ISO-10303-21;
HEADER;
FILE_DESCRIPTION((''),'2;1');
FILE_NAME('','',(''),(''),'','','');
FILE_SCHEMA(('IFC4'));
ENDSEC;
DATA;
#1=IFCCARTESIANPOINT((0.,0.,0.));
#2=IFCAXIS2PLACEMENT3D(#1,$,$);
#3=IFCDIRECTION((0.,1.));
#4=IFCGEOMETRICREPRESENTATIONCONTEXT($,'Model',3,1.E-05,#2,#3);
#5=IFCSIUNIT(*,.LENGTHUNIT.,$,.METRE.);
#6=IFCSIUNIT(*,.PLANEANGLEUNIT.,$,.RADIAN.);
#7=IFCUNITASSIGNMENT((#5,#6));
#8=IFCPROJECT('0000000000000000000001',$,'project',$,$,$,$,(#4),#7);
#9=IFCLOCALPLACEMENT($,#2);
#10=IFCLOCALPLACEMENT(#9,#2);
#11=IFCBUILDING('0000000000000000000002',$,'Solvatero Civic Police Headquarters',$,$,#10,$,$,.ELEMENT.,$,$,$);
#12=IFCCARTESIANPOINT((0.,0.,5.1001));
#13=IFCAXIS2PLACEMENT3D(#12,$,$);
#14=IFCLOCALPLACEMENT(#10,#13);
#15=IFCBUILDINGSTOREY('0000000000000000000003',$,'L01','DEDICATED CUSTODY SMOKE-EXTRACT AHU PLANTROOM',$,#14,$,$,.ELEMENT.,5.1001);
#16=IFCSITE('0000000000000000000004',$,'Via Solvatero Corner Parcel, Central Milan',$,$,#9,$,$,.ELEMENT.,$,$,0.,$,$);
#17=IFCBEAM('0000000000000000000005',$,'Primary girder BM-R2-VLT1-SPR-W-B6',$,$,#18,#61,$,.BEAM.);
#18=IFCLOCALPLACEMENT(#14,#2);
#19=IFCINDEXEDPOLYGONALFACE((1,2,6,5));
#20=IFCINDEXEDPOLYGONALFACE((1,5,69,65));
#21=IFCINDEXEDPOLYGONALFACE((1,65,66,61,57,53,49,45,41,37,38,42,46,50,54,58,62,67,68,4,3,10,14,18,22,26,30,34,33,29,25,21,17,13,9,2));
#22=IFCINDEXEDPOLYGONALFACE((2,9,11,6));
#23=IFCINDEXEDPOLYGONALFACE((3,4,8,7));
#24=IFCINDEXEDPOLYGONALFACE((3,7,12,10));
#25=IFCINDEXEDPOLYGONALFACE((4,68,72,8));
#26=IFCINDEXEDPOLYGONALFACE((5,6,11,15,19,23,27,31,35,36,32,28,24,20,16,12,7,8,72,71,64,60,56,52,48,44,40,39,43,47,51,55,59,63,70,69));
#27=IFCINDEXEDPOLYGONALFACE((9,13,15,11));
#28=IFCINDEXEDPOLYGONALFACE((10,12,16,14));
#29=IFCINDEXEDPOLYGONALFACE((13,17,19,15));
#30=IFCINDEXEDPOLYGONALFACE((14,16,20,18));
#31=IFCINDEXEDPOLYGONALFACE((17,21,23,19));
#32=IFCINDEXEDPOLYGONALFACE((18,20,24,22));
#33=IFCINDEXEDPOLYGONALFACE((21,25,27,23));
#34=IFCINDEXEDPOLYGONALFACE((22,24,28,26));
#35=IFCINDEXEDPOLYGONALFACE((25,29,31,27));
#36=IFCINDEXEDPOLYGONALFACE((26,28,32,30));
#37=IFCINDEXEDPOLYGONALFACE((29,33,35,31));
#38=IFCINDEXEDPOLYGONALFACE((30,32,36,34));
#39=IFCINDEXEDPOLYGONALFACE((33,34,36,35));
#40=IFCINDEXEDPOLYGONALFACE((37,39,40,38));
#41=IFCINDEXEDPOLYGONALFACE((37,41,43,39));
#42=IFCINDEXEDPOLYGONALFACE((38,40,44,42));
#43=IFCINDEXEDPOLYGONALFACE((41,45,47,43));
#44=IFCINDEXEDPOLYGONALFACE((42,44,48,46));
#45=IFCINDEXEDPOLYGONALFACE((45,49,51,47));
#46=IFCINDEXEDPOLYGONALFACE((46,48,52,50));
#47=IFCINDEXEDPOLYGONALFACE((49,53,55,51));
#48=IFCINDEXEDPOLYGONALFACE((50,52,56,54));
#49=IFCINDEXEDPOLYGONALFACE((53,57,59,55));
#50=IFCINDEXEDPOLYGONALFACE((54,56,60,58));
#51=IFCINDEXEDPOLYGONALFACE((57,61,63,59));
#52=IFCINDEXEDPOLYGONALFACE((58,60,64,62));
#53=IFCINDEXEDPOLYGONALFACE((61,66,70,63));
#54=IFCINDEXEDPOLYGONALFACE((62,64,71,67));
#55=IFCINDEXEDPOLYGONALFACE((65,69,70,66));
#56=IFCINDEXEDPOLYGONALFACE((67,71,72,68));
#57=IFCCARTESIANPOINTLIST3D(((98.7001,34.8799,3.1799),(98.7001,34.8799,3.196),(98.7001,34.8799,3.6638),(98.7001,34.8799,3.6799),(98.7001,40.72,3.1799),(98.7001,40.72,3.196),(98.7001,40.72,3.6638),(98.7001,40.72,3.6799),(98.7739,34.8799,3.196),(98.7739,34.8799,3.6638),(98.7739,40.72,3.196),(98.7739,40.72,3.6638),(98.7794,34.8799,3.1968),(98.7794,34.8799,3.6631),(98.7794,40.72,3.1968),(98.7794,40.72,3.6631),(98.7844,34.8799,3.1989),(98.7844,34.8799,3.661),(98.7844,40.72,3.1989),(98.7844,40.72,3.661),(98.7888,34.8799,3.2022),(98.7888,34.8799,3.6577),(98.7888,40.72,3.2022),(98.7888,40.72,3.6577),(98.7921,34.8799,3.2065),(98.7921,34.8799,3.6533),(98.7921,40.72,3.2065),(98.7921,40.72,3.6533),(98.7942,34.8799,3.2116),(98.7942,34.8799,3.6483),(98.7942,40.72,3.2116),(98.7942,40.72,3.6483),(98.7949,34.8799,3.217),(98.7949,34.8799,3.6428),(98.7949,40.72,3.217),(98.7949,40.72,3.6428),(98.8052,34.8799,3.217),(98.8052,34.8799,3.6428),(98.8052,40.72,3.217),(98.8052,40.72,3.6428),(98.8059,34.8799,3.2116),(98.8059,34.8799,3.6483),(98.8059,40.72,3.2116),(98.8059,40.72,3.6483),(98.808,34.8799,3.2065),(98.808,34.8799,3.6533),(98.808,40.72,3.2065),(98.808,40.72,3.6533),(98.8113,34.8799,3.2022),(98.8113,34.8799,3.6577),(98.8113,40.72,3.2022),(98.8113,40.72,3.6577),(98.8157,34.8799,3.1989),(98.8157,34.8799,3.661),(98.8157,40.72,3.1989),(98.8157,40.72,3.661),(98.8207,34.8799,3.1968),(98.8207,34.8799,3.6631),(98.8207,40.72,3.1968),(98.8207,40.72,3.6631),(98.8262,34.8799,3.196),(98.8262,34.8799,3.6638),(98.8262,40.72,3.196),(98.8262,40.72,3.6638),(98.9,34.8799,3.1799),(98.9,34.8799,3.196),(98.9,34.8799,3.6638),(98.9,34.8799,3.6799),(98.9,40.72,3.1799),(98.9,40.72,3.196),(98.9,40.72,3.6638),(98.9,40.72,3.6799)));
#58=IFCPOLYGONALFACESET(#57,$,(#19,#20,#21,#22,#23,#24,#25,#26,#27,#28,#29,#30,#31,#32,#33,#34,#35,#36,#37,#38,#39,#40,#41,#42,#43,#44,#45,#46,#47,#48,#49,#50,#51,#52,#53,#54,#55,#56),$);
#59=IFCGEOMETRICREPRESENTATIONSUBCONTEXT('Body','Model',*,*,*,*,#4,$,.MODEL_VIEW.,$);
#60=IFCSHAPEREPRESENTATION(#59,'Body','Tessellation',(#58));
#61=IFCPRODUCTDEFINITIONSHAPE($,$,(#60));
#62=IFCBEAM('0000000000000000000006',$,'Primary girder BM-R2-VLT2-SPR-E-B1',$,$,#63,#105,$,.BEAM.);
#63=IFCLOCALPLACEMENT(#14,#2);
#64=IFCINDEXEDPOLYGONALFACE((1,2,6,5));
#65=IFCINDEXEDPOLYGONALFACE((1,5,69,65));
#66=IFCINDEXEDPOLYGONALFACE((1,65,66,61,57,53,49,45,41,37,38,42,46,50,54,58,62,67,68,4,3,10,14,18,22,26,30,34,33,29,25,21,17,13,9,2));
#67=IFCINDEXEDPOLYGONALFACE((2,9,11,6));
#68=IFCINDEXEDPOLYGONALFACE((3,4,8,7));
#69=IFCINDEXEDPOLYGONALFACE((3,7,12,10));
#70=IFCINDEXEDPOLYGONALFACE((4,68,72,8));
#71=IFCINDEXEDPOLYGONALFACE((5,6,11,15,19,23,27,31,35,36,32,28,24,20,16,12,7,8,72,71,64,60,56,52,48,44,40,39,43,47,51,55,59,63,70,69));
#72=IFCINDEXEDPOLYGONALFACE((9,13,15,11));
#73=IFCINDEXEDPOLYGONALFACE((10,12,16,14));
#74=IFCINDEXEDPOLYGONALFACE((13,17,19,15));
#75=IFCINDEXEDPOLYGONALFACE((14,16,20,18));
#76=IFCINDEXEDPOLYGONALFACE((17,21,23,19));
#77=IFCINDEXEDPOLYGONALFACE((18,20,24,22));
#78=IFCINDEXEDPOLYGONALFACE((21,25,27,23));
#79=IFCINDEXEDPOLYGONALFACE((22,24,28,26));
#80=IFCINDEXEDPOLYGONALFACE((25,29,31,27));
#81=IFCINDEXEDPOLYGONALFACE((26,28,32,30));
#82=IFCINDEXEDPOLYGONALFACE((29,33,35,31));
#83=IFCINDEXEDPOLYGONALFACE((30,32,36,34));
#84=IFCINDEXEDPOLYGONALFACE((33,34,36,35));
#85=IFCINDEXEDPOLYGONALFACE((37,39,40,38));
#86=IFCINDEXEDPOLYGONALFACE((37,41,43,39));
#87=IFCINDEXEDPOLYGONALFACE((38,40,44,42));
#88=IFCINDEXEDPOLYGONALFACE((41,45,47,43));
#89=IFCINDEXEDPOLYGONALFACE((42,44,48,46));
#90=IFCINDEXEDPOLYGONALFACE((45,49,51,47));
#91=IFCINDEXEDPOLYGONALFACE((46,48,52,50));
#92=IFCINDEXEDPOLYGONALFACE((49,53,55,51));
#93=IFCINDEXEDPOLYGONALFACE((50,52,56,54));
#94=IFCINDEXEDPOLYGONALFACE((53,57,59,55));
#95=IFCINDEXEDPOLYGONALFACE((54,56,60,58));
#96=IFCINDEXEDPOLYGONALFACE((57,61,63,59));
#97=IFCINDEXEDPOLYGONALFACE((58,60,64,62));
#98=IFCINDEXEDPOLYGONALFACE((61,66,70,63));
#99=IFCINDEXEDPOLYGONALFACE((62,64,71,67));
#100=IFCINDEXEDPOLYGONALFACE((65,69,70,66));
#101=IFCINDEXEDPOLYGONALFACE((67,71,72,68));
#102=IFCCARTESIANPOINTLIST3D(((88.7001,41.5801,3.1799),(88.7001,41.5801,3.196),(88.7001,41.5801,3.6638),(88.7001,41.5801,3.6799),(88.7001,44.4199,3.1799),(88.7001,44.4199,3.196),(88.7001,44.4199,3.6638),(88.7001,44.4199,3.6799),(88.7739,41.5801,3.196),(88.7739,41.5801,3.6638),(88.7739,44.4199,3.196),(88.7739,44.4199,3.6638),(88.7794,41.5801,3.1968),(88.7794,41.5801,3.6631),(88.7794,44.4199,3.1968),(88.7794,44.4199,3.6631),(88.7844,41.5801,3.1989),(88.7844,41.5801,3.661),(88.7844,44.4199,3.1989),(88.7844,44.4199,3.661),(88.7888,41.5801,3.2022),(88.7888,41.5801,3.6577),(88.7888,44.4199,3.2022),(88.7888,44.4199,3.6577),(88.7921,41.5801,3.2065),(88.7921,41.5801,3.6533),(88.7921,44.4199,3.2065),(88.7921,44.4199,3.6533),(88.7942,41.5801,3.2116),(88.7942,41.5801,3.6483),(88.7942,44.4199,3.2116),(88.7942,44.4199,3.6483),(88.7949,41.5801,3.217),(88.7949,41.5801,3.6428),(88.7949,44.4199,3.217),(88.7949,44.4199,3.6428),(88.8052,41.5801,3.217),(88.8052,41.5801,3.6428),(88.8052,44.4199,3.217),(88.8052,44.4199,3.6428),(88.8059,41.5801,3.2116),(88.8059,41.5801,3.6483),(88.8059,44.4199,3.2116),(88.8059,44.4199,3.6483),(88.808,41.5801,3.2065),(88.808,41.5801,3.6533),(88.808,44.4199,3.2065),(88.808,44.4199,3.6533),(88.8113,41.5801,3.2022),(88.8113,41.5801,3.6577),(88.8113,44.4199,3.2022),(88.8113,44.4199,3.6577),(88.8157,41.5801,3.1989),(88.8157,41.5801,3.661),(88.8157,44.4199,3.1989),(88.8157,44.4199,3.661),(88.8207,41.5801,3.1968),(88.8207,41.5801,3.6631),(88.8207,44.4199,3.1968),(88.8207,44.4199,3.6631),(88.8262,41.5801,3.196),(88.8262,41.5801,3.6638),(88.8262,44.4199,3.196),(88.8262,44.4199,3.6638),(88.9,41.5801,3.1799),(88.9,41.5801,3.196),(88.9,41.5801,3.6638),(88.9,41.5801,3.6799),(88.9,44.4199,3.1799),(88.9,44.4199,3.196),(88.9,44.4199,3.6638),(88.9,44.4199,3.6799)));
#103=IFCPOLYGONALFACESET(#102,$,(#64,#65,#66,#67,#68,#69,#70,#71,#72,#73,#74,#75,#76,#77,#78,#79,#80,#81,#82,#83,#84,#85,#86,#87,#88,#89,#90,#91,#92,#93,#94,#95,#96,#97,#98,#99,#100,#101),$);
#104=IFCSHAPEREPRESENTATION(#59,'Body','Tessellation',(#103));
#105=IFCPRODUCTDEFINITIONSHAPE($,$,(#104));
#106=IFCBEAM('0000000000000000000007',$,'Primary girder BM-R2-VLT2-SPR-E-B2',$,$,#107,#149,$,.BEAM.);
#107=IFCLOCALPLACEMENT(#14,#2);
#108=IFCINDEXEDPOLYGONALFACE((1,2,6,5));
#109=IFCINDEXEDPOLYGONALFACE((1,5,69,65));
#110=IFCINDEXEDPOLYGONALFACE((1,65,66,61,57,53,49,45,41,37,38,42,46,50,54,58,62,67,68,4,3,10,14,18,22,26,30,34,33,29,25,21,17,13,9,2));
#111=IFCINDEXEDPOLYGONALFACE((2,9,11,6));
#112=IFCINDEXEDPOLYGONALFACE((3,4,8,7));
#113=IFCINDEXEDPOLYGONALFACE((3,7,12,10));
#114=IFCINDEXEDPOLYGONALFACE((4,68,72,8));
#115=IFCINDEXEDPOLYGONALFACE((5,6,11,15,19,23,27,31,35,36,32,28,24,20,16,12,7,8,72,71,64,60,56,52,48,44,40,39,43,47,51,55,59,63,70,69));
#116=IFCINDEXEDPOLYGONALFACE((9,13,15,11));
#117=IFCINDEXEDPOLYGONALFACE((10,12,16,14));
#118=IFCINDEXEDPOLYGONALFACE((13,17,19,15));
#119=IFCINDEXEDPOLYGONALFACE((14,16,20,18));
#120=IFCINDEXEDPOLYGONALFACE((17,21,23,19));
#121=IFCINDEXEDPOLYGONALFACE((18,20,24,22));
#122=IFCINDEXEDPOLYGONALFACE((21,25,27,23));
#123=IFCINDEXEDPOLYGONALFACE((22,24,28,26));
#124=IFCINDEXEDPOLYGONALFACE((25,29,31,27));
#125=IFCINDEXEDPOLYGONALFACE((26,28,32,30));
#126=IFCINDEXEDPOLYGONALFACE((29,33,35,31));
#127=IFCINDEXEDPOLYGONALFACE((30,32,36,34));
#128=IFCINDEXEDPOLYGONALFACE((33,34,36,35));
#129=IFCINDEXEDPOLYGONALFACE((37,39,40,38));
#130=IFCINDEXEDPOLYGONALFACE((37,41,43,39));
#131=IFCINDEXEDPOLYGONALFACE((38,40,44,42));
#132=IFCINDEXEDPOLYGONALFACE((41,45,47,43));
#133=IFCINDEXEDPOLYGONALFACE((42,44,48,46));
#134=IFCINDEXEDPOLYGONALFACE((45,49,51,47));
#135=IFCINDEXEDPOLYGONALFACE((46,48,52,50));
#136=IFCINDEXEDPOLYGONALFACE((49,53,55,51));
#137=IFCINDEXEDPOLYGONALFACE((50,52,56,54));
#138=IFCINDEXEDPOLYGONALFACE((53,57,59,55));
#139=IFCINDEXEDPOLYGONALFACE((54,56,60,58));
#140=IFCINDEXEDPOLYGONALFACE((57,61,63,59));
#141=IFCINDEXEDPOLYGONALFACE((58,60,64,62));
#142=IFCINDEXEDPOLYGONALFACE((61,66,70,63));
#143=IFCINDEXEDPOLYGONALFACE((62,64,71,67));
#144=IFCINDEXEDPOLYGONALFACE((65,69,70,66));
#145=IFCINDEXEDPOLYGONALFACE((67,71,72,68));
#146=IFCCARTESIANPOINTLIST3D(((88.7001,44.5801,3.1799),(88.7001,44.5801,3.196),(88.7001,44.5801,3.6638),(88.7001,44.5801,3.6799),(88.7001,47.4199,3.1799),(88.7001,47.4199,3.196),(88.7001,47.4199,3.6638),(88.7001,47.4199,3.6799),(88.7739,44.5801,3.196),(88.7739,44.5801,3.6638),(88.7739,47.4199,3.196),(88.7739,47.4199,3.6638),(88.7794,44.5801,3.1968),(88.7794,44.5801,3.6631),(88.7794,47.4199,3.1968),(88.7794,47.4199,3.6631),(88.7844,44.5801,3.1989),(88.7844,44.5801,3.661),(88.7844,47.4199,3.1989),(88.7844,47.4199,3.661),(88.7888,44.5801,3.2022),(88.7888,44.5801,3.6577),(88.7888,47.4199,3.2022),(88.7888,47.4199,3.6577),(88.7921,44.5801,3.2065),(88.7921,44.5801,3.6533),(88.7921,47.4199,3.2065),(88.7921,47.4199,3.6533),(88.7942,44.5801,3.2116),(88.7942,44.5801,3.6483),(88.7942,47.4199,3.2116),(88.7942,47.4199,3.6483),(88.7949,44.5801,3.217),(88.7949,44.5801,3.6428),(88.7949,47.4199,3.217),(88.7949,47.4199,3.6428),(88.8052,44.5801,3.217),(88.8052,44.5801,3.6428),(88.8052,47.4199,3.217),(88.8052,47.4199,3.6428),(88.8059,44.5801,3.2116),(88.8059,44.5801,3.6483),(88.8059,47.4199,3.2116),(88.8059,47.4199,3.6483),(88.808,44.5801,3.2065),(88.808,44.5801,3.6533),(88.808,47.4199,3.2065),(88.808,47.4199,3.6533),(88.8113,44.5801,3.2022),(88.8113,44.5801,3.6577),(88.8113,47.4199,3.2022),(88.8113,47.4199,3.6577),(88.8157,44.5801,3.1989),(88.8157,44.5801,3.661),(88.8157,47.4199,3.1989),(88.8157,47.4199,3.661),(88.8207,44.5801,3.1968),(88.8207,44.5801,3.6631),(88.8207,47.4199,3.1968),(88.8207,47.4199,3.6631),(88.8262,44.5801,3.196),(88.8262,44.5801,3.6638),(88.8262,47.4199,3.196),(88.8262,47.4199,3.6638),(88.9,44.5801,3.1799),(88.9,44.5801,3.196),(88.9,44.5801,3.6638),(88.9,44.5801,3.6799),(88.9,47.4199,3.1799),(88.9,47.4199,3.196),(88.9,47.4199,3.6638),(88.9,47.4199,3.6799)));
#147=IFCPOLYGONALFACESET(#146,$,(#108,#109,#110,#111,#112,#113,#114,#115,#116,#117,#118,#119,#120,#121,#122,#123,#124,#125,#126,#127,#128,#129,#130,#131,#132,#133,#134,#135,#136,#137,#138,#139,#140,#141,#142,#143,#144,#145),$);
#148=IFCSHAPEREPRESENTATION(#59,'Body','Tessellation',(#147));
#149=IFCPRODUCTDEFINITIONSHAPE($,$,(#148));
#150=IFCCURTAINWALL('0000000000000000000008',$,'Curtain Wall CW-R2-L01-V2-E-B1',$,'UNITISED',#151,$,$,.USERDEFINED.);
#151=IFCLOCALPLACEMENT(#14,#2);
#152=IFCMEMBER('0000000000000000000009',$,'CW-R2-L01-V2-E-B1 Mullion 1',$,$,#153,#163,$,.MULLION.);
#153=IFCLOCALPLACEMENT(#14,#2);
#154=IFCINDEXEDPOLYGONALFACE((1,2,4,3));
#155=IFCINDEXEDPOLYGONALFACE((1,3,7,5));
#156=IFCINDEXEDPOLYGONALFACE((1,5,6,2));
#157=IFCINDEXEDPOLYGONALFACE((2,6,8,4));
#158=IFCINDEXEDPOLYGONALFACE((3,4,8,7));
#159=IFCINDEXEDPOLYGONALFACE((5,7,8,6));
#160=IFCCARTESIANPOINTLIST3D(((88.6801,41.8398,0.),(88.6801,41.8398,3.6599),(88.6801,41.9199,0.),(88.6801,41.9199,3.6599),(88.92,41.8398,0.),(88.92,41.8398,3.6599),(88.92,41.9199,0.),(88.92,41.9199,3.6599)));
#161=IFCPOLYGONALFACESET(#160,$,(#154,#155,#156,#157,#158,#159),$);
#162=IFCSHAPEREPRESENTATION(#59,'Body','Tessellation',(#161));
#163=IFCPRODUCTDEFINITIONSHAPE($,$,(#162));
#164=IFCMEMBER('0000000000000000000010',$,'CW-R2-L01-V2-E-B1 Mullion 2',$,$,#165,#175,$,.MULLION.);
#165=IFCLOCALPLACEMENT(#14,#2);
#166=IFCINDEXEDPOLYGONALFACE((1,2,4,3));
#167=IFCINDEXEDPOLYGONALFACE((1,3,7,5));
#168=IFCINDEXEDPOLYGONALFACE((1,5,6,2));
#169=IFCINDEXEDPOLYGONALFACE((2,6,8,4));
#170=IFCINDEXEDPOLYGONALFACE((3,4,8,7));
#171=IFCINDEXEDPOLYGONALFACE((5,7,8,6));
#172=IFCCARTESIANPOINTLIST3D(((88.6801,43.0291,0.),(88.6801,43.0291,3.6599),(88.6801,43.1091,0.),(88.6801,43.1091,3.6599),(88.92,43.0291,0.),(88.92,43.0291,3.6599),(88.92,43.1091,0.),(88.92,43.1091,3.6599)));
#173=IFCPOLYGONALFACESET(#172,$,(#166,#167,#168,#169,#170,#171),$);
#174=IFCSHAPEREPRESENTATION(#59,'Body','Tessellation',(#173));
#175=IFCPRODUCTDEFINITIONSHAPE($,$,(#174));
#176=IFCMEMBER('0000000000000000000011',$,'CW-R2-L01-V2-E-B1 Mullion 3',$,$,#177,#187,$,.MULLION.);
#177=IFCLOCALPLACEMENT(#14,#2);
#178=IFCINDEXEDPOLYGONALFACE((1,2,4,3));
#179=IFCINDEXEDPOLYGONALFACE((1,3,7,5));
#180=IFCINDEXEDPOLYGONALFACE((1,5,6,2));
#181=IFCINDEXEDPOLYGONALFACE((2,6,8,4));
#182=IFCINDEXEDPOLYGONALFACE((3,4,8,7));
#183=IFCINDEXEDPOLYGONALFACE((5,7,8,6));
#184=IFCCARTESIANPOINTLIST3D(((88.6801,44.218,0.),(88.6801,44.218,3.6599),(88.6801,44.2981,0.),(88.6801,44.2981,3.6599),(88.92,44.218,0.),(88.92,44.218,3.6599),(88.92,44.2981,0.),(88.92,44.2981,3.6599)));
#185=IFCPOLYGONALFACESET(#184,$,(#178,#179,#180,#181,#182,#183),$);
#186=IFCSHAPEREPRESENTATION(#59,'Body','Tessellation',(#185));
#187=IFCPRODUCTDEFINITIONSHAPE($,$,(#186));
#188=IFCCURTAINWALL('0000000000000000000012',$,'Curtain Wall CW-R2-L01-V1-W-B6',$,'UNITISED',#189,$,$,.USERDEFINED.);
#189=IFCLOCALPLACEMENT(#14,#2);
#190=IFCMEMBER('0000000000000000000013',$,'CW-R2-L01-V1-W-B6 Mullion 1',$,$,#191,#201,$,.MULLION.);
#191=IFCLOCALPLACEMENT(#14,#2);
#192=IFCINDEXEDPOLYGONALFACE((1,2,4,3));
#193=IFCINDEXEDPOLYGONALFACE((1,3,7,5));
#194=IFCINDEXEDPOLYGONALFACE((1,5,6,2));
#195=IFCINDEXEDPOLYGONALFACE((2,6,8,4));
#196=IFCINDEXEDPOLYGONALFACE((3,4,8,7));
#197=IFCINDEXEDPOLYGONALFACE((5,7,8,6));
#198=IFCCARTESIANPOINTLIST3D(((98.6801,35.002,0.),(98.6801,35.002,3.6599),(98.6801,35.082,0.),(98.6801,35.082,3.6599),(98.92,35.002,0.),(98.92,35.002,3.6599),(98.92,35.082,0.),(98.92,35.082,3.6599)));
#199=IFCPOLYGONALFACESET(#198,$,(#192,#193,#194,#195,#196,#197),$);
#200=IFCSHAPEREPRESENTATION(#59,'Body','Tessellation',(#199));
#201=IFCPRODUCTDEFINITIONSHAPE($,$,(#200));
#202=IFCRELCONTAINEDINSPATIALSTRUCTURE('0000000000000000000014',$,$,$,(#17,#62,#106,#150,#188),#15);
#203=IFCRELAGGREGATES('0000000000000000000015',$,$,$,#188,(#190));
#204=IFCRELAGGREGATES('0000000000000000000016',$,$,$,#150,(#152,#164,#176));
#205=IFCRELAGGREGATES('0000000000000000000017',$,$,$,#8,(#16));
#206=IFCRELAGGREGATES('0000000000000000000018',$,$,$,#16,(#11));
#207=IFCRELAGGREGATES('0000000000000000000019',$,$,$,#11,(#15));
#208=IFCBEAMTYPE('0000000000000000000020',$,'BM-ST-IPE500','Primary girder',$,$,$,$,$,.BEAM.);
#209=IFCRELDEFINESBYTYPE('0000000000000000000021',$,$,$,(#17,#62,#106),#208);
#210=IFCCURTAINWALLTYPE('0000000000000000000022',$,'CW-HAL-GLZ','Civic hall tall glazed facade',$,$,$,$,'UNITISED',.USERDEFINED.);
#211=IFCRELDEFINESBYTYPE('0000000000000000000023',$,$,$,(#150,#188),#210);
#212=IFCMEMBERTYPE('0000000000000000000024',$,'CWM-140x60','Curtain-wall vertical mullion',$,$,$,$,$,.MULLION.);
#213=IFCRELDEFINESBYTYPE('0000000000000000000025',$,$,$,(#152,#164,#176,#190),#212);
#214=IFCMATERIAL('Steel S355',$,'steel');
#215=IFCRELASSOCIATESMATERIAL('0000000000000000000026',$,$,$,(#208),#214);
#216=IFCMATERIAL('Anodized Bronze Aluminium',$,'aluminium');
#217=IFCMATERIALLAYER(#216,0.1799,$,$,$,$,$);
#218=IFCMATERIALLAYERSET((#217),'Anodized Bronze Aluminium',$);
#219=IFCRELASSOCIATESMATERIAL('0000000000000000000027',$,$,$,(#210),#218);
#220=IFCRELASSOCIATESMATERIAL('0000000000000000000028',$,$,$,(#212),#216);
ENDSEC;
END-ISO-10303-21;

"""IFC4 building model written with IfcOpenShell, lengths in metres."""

from ifc_helpers import new_model, si_unit, direction, frame, origin, origin_2d, place, context, subcontext, project, spatial, rectangle, i_section, extrude, material, layer, layer_set, material_profile, profile_set, type_object, element, aggregate, save


model = new_model("IFC4")

# Units and contexts
model_context = context("Model", 3, precision=1e-05, world=origin(), true_north=direction((0.0, 1.0)))
body_context = subcontext(model_context, "Body", "Model", "MODEL_VIEW")
ifc_project = project(units=[si_unit("LENGTHUNIT", "METRE"), si_unit("PLANEANGLEUNIT", "RADIAN")], contexts=[model_context])

# Site, building, storey
site_placement = place(None, origin())
site = spatial("IfcSite", under=ifc_project, at=site_placement, Name="Via Solvatero Corner Parcel, Central Milan", CompositionType="ELEMENT", RefElevation=0.0)
building_placement = place(site_placement, origin())
building = spatial("IfcBuilding", under=site, at=building_placement, Name="Solvatero Civic Police Headquarters", CompositionType="ELEMENT")
storey_placement = place(building_placement, frame((0.0, 0.0, 5.1001)))
storey = spatial("IfcBuildingStorey", under=building, at=storey_placement, Name="L01", Description="DEDICATED CUSTODY SMOKE-EXTRACT AHU PLANTROOM", CompositionType="ELEMENT", Elevation=5.1001)

# Shared definitions
ifc_material_1 = material(Name="Steel S355", Category="steel")

# Beams
ifc_material_profile_1 = material_profile(ifc_material_1, i_section(OverallWidth=0.2, OverallDepth=0.5, WebThickness=0.0103, FlangeThickness=0.0161, FilletRadius=0.021, at=origin_2d()), Name="IPE 500")
ifc_profile_set_1 = profile_set([ifc_material_profile_1], Name="Steel S355")
beam_type_1 = type_object("IfcBeamType", Name="BM-ST-IPE500", Description="Primary girder", PredefinedType="BEAM", material=ifc_profile_set_1)
beam_1_placement = place(storey_placement, frame((98.8, 34.8799, 3.4299), z_axis=(0.0, 1.0, 0.0), x_axis=(-1.0, 0.0, 0.0)))
element("IfcBeam", 1, at=beam_1_placement, inside=storey, type_object=beam_type_1, Name="Primary girder BM-R2-VLT1-SPR-W-B6", PredefinedType="BEAM", context=body_context, shape_type="SweptSolid", body=[
    extrude(i_section(OverallWidth=0.2, OverallDepth=0.5, WebThickness=0.0103, FlangeThickness=0.0161, FilletRadius=0.021, at=origin_2d()), origin(), (0.0, 0.0, 1.0), 5.8401),
])
for number, where, z_axis, x_axis, name in (
    (2, (88.8, 41.5801, 3.4299), (0.0, 1.0, 0.0), (-1.0, 0.0, 0.0), "Primary girder BM-R2-VLT2-SPR-E-B1"),
    (3, (88.8, 44.5801, 3.4299), (0.0, 1.0, 0.0), (-1.0, 0.0, 0.0), "Primary girder BM-R2-VLT2-SPR-E-B2"),
):
    element("IfcBeam", number, at=place(storey_placement, frame(where, z_axis=z_axis, x_axis=x_axis)), inside=storey, type_object=beam_type_1, Name=name, PredefinedType="BEAM", context=body_context, shape_type="SweptSolid", body=[
        extrude(i_section(OverallWidth=0.2, OverallDepth=0.5, WebThickness=0.0103, FlangeThickness=0.0161, FilletRadius=0.021, at=origin_2d()), origin(), (0.0, 0.0, 1.0), 2.8398),
    ])

# Curtain wall, members
ifc_material_2 = material(Name="Anodized Bronze Aluminium", Category="aluminium")
ifc_layer_1 = layer(ifc_material_2, 0.1799)
ifc_layer_set_1 = layer_set([ifc_layer_1], Name="Anodized Bronze Aluminium")
curtain_wall_type = type_object("IfcCurtainWallType", Name="CW-HAL-GLZ", Description="Civic hall tall glazed facade", ElementType="UNITISED", PredefinedType="USERDEFINED", material=ifc_layer_set_1)
curtain_wall_1_placement = place(storey_placement, origin())
curtain_wall_1 = element("IfcCurtainWall", 4, at=curtain_wall_1_placement, inside=storey, type_object=curtain_wall_type, Name="Curtain Wall CW-R2-L01-V2-E-B1", ObjectType="UNITISED", PredefinedType="USERDEFINED")
ifc_material_profile_2 = material_profile(ifc_material_2, rectangle(XDim=0.0801, YDim=0.24, at=origin_2d()), Name="ALU MULLION 80x240")
ifc_profile_set_2 = profile_set([ifc_material_profile_2], Name="Anodized Bronze Aluminium")
member_type_1 = type_object("IfcMemberType", Name="CWM-140x60", Description="Curtain-wall vertical mullion", PredefinedType="MULLION", material=ifc_profile_set_2)
member_1_placement = place(storey_placement, frame((88.8, 41.8799, 0.0), z_axis=(0.0, 0.0, 1.0), x_axis=(0.0, 1.0, 0.0)))
member_1 = element("IfcMember", 5, at=member_1_placement, type_object=member_type_1, Name="CW-R2-L01-V2-E-B1 Mullion 1", PredefinedType="MULLION", context=body_context, shape_type="SweptSolid", body=[
    extrude(rectangle(XDim=0.0801, YDim=0.24, at=origin_2d()), origin(), (0.0, 0.0, 1.0), 3.6599),
])
member_2_placement = place(storey_placement, frame((88.8, 43.0691, 0.0), z_axis=(0.0, 0.0, 1.0), x_axis=(0.0, 1.0, 0.0)))
member_2 = element("IfcMember", 6, at=member_2_placement, type_object=member_type_1, Name="CW-R2-L01-V2-E-B1 Mullion 2", PredefinedType="MULLION", context=body_context, shape_type="SweptSolid", body=[
    extrude(rectangle(XDim=0.0801, YDim=0.24, at=origin_2d()), origin(), (0.0, 0.0, 1.0), 3.6599),
])
member_3_placement = place(storey_placement, frame((88.8, 44.2581, 0.0), z_axis=(0.0, 0.0, 1.0), x_axis=(0.0, 1.0, 0.0)))
member_3 = element("IfcMember", 7, at=member_3_placement, type_object=member_type_1, Name="CW-R2-L01-V2-E-B1 Mullion 3", PredefinedType="MULLION", context=body_context, shape_type="SweptSolid", body=[
    extrude(rectangle(XDim=0.0801, YDim=0.24, at=origin_2d()), origin(), (0.0, 0.0, 1.0), 3.6599),
])

# Curtain wall, member
curtain_wall_2_placement = place(storey_placement, origin())
curtain_wall_2 = element("IfcCurtainWall", 8, at=curtain_wall_2_placement, inside=storey, type_object=curtain_wall_type, Name="Curtain Wall CW-R2-L01-V1-W-B6", ObjectType="UNITISED", PredefinedType="USERDEFINED")
member_4_placement = place(storey_placement, frame((98.8, 35.042, 0.0), z_axis=(0.0, 0.0, 1.0), x_axis=(0.0, 1.0, 0.0)))
member_4 = element("IfcMember", 9, at=member_4_placement, type_object=member_type_1, Name="CW-R2-L01-V1-W-B6 Mullion 1", PredefinedType="MULLION", context=body_context, shape_type="SweptSolid", body=[
    extrude(rectangle(XDim=0.0801, YDim=0.24, at=origin_2d()), origin(), (0.0, 0.0, 1.0), 3.6599),
])

aggregate(curtain_wall_2, [member_4])

aggregate(curtain_wall_1, [member_1, member_2, member_3])

save(model, "model.ifc")
